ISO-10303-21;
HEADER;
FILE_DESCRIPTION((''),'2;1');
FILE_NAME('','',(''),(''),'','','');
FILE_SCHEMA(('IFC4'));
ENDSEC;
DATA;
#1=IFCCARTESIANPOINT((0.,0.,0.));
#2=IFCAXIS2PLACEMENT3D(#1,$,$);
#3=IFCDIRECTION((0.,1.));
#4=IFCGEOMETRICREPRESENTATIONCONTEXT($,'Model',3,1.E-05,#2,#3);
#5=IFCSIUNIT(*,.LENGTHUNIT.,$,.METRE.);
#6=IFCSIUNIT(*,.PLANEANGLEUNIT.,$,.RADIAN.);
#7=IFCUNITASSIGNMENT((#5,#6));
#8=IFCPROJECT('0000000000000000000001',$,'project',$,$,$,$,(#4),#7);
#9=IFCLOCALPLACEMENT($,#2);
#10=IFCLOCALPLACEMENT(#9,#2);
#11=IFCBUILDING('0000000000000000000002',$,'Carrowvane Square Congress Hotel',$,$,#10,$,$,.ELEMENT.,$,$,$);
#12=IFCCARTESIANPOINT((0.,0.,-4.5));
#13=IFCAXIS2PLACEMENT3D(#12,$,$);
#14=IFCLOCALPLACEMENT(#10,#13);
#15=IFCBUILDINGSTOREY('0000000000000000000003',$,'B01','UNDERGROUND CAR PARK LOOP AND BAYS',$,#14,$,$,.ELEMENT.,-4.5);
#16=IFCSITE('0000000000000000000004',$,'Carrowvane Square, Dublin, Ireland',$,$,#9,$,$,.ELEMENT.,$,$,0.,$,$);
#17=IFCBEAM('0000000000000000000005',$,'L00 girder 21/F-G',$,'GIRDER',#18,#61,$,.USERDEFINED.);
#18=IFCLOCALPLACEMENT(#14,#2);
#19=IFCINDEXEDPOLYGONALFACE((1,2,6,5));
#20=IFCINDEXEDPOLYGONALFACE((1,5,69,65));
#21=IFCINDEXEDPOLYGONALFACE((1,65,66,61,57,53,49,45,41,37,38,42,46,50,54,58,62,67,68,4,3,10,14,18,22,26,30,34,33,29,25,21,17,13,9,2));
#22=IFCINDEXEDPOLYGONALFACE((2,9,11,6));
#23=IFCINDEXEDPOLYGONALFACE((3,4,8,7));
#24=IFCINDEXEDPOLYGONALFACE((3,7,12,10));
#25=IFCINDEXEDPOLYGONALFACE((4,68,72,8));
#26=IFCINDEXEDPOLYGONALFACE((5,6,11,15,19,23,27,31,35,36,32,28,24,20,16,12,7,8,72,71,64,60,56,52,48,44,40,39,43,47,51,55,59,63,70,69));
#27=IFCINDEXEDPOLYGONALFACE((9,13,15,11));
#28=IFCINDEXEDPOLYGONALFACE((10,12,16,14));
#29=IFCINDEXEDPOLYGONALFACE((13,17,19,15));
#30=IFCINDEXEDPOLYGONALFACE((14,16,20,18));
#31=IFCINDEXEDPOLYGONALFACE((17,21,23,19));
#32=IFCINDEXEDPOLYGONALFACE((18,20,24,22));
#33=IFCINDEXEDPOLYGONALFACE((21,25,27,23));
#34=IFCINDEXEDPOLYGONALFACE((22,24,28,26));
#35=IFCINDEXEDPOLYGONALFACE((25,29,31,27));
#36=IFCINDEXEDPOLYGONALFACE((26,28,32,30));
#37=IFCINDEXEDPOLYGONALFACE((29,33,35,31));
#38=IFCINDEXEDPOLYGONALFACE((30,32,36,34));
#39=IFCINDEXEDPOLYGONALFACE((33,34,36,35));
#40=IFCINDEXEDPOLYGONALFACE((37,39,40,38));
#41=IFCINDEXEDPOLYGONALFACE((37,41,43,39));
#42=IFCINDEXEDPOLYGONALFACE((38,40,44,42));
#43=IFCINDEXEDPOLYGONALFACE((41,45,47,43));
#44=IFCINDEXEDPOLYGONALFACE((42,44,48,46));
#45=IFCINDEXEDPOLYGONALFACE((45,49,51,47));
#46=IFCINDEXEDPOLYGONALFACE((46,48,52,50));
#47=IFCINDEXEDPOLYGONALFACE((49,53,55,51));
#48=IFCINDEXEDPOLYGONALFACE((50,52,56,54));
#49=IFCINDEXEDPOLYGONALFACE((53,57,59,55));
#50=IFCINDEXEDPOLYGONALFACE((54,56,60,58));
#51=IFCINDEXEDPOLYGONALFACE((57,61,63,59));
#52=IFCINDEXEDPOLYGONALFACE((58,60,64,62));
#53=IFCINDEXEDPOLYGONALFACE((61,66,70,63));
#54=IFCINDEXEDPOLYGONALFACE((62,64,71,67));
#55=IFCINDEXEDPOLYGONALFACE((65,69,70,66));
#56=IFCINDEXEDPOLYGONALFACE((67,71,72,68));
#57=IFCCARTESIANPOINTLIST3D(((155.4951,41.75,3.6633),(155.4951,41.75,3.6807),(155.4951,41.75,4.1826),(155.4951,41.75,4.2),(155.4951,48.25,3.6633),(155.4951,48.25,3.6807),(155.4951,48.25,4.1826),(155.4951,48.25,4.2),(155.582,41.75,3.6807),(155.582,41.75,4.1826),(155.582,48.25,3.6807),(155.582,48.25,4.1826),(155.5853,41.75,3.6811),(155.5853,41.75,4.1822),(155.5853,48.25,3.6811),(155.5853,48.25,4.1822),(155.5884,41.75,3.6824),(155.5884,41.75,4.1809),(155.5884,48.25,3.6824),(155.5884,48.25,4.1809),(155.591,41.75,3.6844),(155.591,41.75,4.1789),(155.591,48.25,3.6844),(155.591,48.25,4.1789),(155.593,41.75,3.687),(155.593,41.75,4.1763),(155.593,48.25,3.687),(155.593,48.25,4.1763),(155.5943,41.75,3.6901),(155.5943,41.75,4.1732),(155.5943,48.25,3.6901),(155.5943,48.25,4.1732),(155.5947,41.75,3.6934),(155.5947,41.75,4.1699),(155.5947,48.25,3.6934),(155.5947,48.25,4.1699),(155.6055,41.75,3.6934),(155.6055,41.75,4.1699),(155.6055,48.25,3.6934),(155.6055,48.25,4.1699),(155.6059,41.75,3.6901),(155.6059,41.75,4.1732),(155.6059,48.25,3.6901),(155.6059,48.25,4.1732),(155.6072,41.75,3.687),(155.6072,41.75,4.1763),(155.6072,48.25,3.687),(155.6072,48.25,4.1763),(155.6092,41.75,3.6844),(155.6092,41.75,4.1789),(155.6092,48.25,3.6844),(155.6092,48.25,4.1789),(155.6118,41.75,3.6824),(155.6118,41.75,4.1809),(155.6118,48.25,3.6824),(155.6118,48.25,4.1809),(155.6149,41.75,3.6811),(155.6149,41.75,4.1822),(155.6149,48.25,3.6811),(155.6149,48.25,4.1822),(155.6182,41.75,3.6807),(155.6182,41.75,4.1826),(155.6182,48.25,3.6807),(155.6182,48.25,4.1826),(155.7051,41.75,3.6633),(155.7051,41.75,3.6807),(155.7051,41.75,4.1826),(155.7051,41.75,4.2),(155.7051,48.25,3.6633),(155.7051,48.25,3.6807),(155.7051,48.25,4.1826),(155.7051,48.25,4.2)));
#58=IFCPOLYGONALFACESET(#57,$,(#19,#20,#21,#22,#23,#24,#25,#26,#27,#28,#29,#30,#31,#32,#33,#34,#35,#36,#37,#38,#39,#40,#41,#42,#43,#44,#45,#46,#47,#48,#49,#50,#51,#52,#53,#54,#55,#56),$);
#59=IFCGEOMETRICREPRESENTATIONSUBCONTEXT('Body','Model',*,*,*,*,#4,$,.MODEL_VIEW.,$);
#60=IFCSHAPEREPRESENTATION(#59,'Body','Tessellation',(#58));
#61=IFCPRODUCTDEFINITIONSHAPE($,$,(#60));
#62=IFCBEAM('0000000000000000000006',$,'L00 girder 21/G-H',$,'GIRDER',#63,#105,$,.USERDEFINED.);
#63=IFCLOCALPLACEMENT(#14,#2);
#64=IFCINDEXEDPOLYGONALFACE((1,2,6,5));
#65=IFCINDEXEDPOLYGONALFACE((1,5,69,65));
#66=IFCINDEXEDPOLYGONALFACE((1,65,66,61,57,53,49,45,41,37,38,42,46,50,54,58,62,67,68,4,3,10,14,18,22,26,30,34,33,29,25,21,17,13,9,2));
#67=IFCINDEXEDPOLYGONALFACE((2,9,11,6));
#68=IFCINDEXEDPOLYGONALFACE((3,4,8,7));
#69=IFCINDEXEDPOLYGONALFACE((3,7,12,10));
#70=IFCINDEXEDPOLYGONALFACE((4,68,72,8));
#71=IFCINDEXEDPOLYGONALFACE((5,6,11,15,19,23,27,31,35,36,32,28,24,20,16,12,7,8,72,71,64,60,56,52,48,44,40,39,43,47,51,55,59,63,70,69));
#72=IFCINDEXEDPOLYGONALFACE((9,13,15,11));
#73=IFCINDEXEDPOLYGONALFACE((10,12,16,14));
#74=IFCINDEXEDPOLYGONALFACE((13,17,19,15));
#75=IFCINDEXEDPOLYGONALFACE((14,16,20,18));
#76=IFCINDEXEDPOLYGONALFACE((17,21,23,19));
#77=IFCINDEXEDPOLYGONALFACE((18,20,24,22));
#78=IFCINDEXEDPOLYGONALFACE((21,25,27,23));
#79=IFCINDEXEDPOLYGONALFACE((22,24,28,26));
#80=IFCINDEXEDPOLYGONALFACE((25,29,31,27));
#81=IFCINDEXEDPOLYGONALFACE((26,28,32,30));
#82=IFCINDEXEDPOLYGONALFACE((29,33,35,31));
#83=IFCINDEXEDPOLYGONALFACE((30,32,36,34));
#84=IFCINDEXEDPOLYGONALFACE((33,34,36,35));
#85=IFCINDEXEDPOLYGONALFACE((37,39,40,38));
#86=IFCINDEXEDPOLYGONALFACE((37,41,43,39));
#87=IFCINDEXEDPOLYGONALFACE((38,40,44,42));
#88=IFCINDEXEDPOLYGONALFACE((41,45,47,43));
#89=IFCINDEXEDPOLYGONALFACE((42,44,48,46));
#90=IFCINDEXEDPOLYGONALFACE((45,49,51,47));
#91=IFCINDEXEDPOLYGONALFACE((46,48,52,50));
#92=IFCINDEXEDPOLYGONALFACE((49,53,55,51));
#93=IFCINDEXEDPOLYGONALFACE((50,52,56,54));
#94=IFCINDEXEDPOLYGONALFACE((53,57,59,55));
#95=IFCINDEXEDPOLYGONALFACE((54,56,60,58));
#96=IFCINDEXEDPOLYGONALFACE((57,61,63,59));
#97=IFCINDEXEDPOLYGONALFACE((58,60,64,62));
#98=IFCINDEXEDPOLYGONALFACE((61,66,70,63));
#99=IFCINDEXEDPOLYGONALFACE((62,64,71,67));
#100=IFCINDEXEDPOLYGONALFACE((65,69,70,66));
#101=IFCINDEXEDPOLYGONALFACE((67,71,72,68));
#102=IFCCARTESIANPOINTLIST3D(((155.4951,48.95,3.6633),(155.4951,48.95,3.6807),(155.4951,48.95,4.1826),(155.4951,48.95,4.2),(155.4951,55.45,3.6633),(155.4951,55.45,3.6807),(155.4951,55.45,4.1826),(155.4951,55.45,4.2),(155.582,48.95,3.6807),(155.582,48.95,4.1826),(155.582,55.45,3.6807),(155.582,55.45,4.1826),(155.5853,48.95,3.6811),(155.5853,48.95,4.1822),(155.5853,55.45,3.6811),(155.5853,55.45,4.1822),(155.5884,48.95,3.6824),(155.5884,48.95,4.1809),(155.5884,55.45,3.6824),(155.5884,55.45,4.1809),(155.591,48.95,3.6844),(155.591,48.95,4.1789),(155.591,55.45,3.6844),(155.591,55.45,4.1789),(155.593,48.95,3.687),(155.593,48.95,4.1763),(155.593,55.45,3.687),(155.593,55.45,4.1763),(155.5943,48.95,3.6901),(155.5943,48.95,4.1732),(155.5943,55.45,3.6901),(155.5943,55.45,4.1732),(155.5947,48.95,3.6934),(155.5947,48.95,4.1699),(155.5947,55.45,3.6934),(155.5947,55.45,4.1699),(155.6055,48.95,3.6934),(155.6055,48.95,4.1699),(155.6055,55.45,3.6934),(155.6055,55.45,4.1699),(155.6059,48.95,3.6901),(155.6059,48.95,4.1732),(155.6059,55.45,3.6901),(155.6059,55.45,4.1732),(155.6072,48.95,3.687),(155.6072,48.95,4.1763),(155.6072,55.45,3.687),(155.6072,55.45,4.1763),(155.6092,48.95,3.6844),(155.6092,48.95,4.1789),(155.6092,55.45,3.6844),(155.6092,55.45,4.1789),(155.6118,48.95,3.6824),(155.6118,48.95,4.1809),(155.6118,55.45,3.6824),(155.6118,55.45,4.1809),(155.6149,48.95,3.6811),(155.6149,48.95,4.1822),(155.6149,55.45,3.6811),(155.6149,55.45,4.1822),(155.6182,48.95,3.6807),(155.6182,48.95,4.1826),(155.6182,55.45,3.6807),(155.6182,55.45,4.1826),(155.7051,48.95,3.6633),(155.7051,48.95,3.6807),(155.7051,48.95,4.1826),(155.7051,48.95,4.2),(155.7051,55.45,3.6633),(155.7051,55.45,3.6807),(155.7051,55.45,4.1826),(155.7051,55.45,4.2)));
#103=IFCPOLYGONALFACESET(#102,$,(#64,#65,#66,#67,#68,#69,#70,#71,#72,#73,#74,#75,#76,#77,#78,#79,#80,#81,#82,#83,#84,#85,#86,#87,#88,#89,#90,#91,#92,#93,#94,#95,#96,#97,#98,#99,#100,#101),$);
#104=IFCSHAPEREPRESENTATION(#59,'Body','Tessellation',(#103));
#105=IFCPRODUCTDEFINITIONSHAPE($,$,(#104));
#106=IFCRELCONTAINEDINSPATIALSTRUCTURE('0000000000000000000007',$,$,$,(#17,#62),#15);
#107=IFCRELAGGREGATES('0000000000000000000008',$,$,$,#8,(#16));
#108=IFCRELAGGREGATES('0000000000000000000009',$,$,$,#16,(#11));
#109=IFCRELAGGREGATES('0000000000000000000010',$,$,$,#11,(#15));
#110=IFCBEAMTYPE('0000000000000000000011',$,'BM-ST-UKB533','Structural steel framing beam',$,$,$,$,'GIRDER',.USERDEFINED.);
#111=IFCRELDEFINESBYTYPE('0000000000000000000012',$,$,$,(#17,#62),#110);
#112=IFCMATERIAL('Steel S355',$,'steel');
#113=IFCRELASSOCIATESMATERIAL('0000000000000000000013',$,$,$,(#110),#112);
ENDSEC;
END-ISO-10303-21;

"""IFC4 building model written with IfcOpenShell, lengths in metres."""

from ifc_helpers import new_model, si_unit, direction, frame, origin, origin_2d, place, context, subcontext, project, spatial, i_section, extrude, material, material_profile, profile_set, type_object, element, save


model = new_model("IFC4")

# Units and contexts
model_context = context("Model", 3, precision=1e-05, world=origin(), true_north=direction((0.0, 1.0)))
body_context = subcontext(model_context, "Body", "Model", "MODEL_VIEW")
ifc_project = project(units=[si_unit("LENGTHUNIT", "METRE"), si_unit("PLANEANGLEUNIT", "RADIAN")], contexts=[model_context])

# Site, building, storey
site_placement = place(None, origin())
site = spatial("IfcSite", under=ifc_project, at=site_placement, Name="Carrowvane Square, Dublin, Ireland", CompositionType="ELEMENT", RefElevation=0.0)
building_placement = place(site_placement, origin())
building = spatial("IfcBuilding", under=site, at=building_placement, Name="Carrowvane Square Congress Hotel", CompositionType="ELEMENT")
storey_placement = place(building_placement, frame((0.0, 0.0, -4.5)))
storey = spatial("IfcBuildingStorey", under=building, at=storey_placement, Name="B01", Description="UNDERGROUND CAR PARK LOOP AND BAYS", CompositionType="ELEMENT", Elevation=-4.5)

# Beams
ifc_material_1 = material(Name="Steel S355", Category="steel")
ifc_material_profile_1 = material_profile(ifc_material_1, i_section(OverallWidth=0.21, OverallDepth=0.5366, WebThickness=0.0107, FlangeThickness=0.0173, FilletRadius=0.0127, at=origin_2d()), Name="UKB 533x210x101")
ifc_profile_set_1 = profile_set([ifc_material_profile_1], Name="Steel S355")
beam_type_1 = type_object("IfcBeamType", Name="BM-ST-UKB533", Description="Structural steel framing beam", ElementType="GIRDER", PredefinedType="USERDEFINED", material=ifc_profile_set_1)
for number, where, z_axis, x_axis, name in (
    (1, (155.6001, 41.75, 3.9316), (0.0, 1.0, 0.0), (-1.0, 0.0, 0.0), "L00 girder 21/F-G"),
    (2, (155.6001, 48.95, 3.9316), (0.0, 1.0, 0.0), (-1.0, 0.0, 0.0), "L00 girder 21/G-H"),
):
    element("IfcBeam", number, at=place(storey_placement, frame(where, z_axis=z_axis, x_axis=x_axis)), inside=storey, type_object=beam_type_1, Name=name, ObjectType="GIRDER", PredefinedType="USERDEFINED", context=body_context, shape_type="SweptSolid", body=[
        extrude(i_section(OverallWidth=0.21, OverallDepth=0.5366, WebThickness=0.0107, FlangeThickness=0.0173, FilletRadius=0.0127, at=origin_2d()), origin(), (0.0, 0.0, 1.0), 6.5),
    ])

save(model, "model.ifc")
